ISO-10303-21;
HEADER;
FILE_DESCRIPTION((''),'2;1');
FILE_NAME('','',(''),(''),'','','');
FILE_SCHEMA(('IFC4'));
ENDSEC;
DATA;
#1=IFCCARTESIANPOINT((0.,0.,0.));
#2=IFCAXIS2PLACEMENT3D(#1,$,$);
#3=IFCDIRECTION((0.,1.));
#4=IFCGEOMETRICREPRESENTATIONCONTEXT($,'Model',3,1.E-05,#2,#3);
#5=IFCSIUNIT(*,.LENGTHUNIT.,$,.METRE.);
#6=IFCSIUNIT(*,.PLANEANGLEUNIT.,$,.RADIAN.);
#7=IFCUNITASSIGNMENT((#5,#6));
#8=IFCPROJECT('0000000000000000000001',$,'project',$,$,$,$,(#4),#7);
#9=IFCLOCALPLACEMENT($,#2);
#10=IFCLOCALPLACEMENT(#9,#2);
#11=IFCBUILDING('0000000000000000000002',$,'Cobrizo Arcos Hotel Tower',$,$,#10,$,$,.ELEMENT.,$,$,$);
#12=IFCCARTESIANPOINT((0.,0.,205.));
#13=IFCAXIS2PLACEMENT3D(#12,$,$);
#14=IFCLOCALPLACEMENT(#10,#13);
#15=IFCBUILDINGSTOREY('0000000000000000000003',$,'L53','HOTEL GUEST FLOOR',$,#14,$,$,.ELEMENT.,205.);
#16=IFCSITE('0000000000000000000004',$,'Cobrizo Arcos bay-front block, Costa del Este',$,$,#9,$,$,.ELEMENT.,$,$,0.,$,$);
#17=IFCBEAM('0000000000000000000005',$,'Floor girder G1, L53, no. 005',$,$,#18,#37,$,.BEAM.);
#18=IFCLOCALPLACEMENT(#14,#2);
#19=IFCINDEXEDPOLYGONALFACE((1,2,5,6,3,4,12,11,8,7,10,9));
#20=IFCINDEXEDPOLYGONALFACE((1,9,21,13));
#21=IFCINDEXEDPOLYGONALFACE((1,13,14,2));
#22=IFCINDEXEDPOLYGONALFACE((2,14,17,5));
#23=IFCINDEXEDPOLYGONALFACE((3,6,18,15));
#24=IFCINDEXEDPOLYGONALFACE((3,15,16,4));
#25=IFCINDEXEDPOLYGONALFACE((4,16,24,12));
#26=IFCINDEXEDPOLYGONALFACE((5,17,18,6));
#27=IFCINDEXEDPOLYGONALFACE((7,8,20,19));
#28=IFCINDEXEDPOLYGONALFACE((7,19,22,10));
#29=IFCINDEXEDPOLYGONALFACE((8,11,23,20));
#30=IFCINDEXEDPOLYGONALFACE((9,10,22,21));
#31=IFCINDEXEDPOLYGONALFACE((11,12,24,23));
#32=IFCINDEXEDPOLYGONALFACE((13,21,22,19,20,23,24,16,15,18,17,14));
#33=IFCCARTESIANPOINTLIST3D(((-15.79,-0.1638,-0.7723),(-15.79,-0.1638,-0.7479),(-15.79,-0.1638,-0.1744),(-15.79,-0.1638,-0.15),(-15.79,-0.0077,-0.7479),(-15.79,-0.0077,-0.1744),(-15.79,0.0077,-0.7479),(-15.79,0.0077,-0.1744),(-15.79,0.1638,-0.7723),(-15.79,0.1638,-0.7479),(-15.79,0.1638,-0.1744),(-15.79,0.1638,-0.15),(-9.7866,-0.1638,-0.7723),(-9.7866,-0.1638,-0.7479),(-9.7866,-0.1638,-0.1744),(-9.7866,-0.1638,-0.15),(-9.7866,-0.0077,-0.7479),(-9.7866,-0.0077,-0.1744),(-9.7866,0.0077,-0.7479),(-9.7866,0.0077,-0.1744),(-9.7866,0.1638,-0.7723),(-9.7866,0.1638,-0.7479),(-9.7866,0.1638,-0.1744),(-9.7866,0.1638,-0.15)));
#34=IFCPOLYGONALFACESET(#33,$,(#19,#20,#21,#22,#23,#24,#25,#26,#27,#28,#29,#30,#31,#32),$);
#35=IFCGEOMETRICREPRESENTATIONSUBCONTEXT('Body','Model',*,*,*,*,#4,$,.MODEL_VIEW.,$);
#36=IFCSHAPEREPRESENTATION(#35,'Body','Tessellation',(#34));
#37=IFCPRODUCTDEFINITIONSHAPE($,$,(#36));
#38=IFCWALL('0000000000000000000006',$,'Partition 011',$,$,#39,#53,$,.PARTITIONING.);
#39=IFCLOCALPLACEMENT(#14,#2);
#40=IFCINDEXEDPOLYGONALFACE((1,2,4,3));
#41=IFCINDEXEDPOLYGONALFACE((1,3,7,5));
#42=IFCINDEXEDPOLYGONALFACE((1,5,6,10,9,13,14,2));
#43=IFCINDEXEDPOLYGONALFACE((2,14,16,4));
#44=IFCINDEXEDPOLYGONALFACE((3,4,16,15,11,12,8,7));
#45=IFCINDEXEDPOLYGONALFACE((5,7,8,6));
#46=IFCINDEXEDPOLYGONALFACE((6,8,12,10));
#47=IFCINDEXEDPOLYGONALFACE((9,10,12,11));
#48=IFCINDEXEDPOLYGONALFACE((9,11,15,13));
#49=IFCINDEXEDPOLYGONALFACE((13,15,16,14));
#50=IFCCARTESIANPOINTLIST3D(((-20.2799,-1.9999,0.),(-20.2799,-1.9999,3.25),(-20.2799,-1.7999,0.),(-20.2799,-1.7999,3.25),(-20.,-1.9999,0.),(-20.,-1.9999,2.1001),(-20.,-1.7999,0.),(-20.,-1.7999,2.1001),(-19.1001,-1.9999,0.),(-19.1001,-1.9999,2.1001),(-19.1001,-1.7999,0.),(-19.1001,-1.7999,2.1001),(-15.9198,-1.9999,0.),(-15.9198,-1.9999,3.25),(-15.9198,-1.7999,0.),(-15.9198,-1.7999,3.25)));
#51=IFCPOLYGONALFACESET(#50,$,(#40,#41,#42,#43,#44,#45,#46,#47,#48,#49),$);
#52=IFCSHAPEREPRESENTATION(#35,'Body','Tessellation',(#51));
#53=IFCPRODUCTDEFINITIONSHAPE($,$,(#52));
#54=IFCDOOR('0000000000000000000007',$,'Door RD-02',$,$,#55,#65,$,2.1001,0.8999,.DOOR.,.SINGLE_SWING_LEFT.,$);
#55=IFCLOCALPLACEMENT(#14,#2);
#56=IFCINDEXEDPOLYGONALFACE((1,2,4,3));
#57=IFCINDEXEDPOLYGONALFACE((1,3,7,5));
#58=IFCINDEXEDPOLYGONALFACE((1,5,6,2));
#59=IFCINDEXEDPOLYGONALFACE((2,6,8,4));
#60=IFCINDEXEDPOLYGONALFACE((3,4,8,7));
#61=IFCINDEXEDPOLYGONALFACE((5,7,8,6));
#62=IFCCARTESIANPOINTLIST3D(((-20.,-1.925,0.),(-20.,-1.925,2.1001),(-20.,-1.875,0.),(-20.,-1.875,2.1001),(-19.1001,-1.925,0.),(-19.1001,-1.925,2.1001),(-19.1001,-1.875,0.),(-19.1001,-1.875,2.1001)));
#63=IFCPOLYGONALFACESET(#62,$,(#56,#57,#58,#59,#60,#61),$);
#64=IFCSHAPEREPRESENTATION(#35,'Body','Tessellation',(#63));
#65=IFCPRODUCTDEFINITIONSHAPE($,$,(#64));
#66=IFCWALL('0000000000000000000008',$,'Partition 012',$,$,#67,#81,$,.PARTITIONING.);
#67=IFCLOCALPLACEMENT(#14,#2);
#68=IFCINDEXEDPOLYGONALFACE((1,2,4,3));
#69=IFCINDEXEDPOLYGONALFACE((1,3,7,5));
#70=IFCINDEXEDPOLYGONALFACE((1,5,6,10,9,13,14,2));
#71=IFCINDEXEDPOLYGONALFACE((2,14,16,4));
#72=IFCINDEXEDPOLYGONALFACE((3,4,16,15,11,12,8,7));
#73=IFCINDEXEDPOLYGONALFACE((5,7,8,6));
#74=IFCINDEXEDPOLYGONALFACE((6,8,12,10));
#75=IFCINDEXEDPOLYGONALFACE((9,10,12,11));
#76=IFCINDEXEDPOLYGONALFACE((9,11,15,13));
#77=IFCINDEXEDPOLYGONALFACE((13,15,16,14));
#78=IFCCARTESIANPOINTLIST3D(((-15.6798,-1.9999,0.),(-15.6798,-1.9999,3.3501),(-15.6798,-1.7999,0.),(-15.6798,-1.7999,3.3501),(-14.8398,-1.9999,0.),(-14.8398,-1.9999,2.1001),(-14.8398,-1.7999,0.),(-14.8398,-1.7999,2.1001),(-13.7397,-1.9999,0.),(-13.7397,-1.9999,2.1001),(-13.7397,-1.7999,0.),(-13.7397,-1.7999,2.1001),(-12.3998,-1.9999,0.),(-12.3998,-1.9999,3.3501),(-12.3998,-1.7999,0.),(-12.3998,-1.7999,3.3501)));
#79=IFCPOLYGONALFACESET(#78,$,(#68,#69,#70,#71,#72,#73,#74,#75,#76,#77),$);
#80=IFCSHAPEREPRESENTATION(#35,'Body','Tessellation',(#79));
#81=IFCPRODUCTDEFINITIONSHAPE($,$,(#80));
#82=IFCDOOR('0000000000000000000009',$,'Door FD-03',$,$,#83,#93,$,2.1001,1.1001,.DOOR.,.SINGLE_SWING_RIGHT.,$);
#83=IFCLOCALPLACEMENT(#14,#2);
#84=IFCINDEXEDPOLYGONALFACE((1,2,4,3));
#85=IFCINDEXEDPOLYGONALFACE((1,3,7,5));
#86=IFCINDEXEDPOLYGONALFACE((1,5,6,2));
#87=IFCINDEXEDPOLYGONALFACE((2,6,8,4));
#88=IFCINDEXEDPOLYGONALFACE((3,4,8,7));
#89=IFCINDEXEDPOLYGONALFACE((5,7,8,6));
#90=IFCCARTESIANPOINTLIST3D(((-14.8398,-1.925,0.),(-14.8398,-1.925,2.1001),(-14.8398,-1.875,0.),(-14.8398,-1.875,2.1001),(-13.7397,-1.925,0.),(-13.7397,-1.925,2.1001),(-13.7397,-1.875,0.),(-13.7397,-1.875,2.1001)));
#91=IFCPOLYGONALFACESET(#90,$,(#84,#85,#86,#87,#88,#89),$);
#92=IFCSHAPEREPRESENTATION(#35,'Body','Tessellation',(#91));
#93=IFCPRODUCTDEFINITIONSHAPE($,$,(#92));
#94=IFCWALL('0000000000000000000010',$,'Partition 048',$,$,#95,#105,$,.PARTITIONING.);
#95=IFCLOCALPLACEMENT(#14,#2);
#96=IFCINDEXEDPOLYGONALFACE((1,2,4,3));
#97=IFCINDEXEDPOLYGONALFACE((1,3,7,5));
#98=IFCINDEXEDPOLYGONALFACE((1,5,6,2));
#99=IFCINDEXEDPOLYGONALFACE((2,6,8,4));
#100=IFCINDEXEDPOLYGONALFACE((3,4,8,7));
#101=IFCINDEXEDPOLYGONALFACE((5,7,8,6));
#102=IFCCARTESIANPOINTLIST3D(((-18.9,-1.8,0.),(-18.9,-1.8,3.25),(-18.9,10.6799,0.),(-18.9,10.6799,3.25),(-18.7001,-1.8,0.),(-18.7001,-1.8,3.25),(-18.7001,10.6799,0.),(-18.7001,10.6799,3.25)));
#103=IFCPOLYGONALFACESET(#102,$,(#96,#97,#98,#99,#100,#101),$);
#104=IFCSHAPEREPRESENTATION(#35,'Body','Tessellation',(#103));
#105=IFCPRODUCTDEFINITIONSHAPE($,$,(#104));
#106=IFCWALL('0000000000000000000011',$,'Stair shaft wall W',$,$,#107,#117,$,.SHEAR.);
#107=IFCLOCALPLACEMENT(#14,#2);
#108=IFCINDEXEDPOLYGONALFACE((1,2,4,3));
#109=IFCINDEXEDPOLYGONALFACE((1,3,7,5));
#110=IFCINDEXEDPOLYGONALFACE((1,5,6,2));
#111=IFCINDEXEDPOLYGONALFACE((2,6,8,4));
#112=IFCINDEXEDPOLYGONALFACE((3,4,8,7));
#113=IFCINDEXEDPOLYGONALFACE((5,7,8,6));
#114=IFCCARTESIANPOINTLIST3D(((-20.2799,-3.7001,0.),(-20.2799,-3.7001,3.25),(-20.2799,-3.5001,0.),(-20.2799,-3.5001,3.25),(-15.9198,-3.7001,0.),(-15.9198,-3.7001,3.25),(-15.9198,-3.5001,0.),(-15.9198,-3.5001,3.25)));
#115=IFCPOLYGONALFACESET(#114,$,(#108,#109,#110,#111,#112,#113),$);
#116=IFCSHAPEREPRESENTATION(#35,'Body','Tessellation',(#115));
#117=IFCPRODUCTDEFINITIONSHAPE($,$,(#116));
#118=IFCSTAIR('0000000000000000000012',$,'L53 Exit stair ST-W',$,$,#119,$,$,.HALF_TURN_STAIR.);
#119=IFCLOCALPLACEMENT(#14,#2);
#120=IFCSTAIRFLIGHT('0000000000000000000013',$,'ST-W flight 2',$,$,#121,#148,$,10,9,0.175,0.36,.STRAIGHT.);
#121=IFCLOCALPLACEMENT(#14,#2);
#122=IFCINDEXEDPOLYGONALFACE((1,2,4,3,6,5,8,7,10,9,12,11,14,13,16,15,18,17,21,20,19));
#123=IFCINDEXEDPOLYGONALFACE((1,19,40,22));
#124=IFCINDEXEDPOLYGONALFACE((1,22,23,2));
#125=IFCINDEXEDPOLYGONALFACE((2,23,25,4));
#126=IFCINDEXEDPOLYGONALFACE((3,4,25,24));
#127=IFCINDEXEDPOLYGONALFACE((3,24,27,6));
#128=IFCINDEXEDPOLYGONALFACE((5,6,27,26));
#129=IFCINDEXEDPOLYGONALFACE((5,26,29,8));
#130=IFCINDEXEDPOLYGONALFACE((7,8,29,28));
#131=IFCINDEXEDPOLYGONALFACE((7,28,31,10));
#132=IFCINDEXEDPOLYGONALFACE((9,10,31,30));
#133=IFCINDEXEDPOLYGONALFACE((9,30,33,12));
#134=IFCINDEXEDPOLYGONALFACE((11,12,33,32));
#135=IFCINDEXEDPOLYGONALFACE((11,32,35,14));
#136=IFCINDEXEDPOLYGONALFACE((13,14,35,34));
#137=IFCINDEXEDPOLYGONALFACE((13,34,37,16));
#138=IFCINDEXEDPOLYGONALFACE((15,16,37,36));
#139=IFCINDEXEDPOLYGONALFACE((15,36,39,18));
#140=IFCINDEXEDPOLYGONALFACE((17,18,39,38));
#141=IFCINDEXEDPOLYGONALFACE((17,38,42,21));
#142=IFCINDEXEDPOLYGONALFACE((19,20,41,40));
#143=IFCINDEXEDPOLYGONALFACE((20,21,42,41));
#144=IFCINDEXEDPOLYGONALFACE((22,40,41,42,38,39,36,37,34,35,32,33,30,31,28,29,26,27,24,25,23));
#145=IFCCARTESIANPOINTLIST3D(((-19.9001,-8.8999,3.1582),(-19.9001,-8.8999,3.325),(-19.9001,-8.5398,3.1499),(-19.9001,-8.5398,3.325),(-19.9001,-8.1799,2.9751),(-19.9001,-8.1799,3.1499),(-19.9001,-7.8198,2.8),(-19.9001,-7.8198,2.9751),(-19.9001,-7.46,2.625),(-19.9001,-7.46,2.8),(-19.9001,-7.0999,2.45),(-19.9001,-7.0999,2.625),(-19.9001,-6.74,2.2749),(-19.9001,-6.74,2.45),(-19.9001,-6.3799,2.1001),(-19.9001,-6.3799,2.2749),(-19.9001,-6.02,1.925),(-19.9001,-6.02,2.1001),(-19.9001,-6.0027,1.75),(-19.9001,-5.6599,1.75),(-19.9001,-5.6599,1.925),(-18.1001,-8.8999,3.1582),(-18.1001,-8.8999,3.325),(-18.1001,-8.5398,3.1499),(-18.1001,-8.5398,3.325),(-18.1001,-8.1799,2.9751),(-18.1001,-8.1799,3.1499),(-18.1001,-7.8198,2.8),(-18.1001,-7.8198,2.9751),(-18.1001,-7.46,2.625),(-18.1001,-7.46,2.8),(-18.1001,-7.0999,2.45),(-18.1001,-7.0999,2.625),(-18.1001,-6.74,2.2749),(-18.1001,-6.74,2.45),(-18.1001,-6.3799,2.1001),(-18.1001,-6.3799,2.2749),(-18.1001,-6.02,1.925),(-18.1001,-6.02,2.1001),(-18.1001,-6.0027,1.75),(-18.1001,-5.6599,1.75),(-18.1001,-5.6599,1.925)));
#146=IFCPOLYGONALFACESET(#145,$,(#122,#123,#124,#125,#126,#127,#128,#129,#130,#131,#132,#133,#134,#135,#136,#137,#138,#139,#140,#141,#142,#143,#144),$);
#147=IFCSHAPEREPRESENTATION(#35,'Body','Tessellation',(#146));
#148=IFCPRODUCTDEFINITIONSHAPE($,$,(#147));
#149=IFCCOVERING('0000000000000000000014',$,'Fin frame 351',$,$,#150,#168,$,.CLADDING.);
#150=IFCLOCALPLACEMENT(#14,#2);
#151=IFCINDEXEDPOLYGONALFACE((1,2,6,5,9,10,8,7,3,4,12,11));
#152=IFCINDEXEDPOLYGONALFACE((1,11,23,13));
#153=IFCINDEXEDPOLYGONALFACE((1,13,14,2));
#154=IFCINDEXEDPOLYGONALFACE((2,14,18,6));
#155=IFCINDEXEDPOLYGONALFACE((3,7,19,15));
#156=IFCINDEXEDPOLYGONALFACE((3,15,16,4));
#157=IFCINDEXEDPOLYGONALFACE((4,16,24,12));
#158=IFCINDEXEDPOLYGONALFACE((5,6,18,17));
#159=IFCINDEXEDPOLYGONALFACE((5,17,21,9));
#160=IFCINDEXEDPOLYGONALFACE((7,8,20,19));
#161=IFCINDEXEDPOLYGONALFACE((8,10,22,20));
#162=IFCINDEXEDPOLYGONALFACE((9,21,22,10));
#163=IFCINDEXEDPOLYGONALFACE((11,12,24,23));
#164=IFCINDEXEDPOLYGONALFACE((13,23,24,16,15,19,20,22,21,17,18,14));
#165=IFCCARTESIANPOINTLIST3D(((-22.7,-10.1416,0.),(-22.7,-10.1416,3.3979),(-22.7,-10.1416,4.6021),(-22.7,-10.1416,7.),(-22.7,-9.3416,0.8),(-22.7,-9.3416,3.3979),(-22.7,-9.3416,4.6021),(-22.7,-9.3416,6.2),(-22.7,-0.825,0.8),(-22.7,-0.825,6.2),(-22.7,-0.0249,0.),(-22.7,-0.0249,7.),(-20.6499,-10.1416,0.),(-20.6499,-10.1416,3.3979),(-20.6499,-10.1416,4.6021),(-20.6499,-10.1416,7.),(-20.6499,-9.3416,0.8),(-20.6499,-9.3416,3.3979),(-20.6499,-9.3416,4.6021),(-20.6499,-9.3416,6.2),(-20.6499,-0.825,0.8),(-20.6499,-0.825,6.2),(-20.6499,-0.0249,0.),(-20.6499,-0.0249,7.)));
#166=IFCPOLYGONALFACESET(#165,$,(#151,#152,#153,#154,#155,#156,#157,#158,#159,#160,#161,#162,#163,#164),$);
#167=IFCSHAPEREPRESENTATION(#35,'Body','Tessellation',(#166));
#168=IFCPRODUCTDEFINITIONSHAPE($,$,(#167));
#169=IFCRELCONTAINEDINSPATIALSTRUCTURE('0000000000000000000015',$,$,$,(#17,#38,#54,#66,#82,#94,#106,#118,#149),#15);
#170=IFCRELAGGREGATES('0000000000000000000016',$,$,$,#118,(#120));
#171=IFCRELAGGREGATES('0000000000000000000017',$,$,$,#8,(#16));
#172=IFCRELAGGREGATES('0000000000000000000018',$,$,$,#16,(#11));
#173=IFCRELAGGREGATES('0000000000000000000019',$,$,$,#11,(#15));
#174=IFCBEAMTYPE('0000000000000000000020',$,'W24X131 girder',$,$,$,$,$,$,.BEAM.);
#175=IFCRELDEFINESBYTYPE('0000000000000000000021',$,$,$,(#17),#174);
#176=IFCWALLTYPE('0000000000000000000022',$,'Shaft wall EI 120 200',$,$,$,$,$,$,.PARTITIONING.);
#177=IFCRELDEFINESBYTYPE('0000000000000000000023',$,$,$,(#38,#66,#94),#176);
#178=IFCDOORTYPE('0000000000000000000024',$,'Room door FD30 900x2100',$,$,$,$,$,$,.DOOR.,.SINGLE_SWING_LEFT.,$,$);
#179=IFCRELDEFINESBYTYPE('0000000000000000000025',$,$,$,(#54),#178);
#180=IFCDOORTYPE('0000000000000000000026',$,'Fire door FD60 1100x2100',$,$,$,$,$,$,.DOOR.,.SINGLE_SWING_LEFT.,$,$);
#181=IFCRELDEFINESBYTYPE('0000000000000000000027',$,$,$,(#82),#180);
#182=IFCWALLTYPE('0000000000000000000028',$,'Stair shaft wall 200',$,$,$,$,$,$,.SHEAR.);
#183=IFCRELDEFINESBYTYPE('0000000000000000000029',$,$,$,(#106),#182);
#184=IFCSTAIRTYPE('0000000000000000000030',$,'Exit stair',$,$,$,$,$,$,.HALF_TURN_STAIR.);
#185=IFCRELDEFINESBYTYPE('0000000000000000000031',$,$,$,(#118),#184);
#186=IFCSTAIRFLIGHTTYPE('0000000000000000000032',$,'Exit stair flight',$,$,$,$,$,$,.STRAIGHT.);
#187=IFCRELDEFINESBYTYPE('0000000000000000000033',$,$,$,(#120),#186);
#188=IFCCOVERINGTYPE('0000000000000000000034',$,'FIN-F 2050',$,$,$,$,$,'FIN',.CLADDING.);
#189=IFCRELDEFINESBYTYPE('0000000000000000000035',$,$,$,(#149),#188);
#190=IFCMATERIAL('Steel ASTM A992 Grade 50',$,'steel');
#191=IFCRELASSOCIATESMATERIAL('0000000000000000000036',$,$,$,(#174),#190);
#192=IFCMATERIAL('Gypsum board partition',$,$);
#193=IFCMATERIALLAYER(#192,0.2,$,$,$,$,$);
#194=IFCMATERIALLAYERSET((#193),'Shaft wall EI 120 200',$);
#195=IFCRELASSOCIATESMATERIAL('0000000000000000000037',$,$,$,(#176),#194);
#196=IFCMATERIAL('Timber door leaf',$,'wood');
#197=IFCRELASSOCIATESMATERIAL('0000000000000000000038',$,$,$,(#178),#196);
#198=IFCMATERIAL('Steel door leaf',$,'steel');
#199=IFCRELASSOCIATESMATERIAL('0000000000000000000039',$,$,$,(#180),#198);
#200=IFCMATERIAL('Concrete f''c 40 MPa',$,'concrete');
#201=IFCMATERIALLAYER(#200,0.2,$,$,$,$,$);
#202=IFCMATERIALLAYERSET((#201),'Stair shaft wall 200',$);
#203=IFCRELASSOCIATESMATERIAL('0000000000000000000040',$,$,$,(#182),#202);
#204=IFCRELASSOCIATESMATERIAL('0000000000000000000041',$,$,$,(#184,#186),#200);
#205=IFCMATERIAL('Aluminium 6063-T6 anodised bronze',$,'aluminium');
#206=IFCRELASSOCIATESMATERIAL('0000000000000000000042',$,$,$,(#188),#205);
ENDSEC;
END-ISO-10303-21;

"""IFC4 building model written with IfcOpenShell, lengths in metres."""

from ifc_helpers import new_model, si_unit, direction, frame, frame_2d, origin, origin_2d, place, context, subcontext, project, spatial, polyline, rectangle, i_section, outline, extrude, material, layer, layer_set, material_profile, profile_set, type_object, element, fill, aggregate, save


model = new_model("IFC4")

# Units and contexts
model_context = context("Model", 3, precision=1e-05, world=origin(), true_north=direction((0.0, 1.0)))
body_context = subcontext(model_context, "Body", "Model", "MODEL_VIEW")
ifc_project = project(units=[si_unit("LENGTHUNIT", "METRE"), si_unit("PLANEANGLEUNIT", "RADIAN")], contexts=[model_context])

# Site, building, storey
site_placement = place(None, origin())
site = spatial("IfcSite", under=ifc_project, at=site_placement, Name="Cobrizo Arcos bay-front block, Costa del Este", CompositionType="ELEMENT", RefElevation=0.0)
building_placement = place(site_placement, origin())
building = spatial("IfcBuilding", under=site, at=building_placement, Name="Cobrizo Arcos Hotel Tower", CompositionType="ELEMENT")
storey_placement = place(building_placement, frame((0.0, 0.0, 205.0)))
storey = spatial("IfcBuildingStorey", under=building, at=storey_placement, Name="L53", Description="HOTEL GUEST FLOOR", CompositionType="ELEMENT", Elevation=205.0)

# Beam
ifc_material_1 = material(Name="Steel ASTM A992 Grade 50", Category="steel")
ifc_material_profile = material_profile(ifc_material_1, i_section(OverallWidth=0.3276, OverallDepth=0.6223, WebThickness=0.0154, FlangeThickness=0.0244, at=origin_2d()), Name="W24X131")
ifc_profile_set = profile_set([ifc_material_profile], Name="Steel ASTM A992 Grade 50")
beam_type = type_object("IfcBeamType", Name="W24X131 girder", PredefinedType="BEAM", material=ifc_profile_set)
beam_placement = place(storey_placement, frame((-15.79, 0.0, -0.4612), z_axis=(1.0, 0.0, 0.0), x_axis=(0.0, 1.0, 0.0)))
element("IfcBeam", 1, at=beam_placement, inside=storey, type_object=beam_type, Name="Floor girder G1, L53, no. 005", PredefinedType="BEAM", context=body_context, shape_type="SweptSolid", body=[
    extrude(i_section(OverallWidth=0.3276, OverallDepth=0.6223, WebThickness=0.0154, FlangeThickness=0.0244, at=origin_2d()), origin(), (0.0, 0.0, 1.0), 6.0034),
])

# Walls, openings, doors
ifc_material_2 = material(Name="Gypsum board partition")
ifc_layer_1 = layer(ifc_material_2, 0.2)
ifc_layer_set_1 = layer_set([ifc_layer_1], Name="Shaft wall EI 120 200")
wall_type_1 = type_object("IfcWallType", Name="Shaft wall EI 120 200", PredefinedType="PARTITIONING", material=ifc_layer_set_1)
wall_1_placement = place(storey_placement, frame((-20.28, -1.8999, 0.0), z_axis=(0.0, 0.0, 1.0), x_axis=(1.0, 0.0, 0.0)))
wall_1 = element("IfcWall", 2, at=wall_1_placement, inside=storey, type_object=wall_type_1, Name="Partition 011", PredefinedType="PARTITIONING", context=body_context, shape_type="SweptSolid", body=[
    extrude(rectangle(XDim=4.3601, YDim=0.2, at=frame_2d((2.1802, 0.0))), origin(), (0.0, 0.0, 1.0), 3.25),
])
opening_1_placement = place(wall_1_placement, frame((0.28, 0.0, 0.0)))
opening_1 = element("IfcOpeningElement", 3, at=opening_1_placement, cuts=wall_1, PredefinedType="OPENING", context=body_context, shape_type="SweptSolid", body=[
    extrude(rectangle(XDim=0.8999, YDim=2.1001, at=frame_2d((0.45, 1.05))), frame((0.0, 0.1121, 0.0), z_axis=(0.0, -1.0, 0.0), x_axis=(1.0, 0.0, 0.0)), (0.0, 0.0, 1.0), 0.2239),
])
ifc_material_3 = material(Name="Timber door leaf", Category="wood")
door_type_1 = type_object("IfcDoorType", Name="Room door FD30 900x2100", OperationType="SINGLE_SWING_LEFT", PredefinedType="DOOR", material=ifc_material_3)
door_1_placement = place(opening_1_placement, origin())
door_1 = element("IfcDoor", 4, at=door_1_placement, inside=storey, type_object=door_type_1, Name="Door RD-02", OperationType="SINGLE_SWING_LEFT", OverallHeight=2.1001, OverallWidth=0.8999, PredefinedType="DOOR", context=body_context, shape_type="SweptSolid", body=[
    extrude(rectangle(XDim=0.8999, YDim=2.1001, at=frame_2d((0.45, 1.05))), frame((0.0, 0.0249, 0.0), z_axis=(0.0, -1.0, 0.0), x_axis=(1.0, 0.0, 0.0)), (0.0, 0.0, 1.0), 0.05),
])
fill(opening_1, door_1)
wall_2_placement = place(storey_placement, frame((-15.6799, -1.8999, 0.0), z_axis=(0.0, 0.0, 1.0), x_axis=(1.0, 0.0, 0.0)))
wall_2 = element("IfcWall", 5, at=wall_2_placement, inside=storey, type_object=wall_type_1, Name="Partition 012", PredefinedType="PARTITIONING", context=body_context, shape_type="SweptSolid", body=[
    extrude(rectangle(XDim=3.28, YDim=0.2, at=frame_2d((1.6401, 0.0))), origin(), (0.0, 0.0, 1.0), 3.3501),
])
opening_2_placement = place(wall_2_placement, frame((0.8401, 0.0, 0.0)))
opening_2 = element("IfcOpeningElement", 6, at=opening_2_placement, cuts=wall_2, PredefinedType="OPENING", context=body_context, shape_type="SweptSolid", body=[
    extrude(rectangle(XDim=1.1001, YDim=2.1001, at=frame_2d((0.55, 1.05))), frame((0.0, 0.1121, 0.0), z_axis=(0.0, -1.0, 0.0), x_axis=(1.0, 0.0, 0.0)), (0.0, 0.0, 1.0), 0.2239),
])
ifc_material_4 = material(Name="Steel door leaf", Category="steel")
door_type_2 = type_object("IfcDoorType", Name="Fire door FD60 1100x2100", OperationType="SINGLE_SWING_LEFT", PredefinedType="DOOR", material=ifc_material_4)
door_2_placement = place(opening_2_placement, origin())
door_2 = element("IfcDoor", 7, at=door_2_placement, inside=storey, type_object=door_type_2, Name="Door FD-03", OperationType="SINGLE_SWING_RIGHT", OverallHeight=2.1001, OverallWidth=1.1001, PredefinedType="DOOR", context=body_context, shape_type="SweptSolid", body=[
    extrude(rectangle(XDim=1.1001, YDim=2.1001, at=frame_2d((0.55, 1.05))), frame((0.0, 0.0249, 0.0), z_axis=(0.0, -1.0, 0.0), x_axis=(1.0, 0.0, 0.0)), (0.0, 0.0, 1.0), 0.05),
])
fill(opening_2, door_2)

# Walls
wall_3_placement = place(storey_placement, frame((-18.8, -1.8, 0.0), z_axis=(0.0, 0.0, 1.0), x_axis=(0.0, 1.0, 0.0)))
element("IfcWall", 8, at=wall_3_placement, inside=storey, type_object=wall_type_1, Name="Partition 048", PredefinedType="PARTITIONING", context=body_context, shape_type="SweptSolid", body=[
    extrude(rectangle(XDim=12.48, YDim=0.2, at=frame_2d((6.24, 0.0))), origin(), (0.0, 0.0, 1.0), 3.25),
])
ifc_material_5 = material(Name="Concrete f'c 40 MPa", Category="concrete")
ifc_layer_2 = layer(ifc_material_5, 0.2)
ifc_layer_set_2 = layer_set([ifc_layer_2], Name="Stair shaft wall 200")
wall_type_2 = type_object("IfcWallType", Name="Stair shaft wall 200", PredefinedType="SHEAR", material=ifc_layer_set_2)
wall_4_placement = place(storey_placement, frame((-20.28, -3.6001, 0.0), z_axis=(0.0, 0.0, 1.0), x_axis=(1.0, 0.0, 0.0)))
element("IfcWall", 9, at=wall_4_placement, inside=storey, type_object=wall_type_2, Name="Stair shaft wall W", PredefinedType="SHEAR", context=body_context, shape_type="SweptSolid", body=[
    extrude(rectangle(XDim=4.3601, YDim=0.2, at=frame_2d((2.1802, 0.0))), origin(), (0.0, 0.0, 1.0), 3.25),
])

# Stair, stair flight
stair_type = type_object("IfcStairType", Name="Exit stair", PredefinedType="HALF_TURN_STAIR", material=ifc_material_5)
stair_placement = place(storey_placement, origin())
stair = element("IfcStair", 10, at=stair_placement, inside=storey, type_object=stair_type, Name="L53 Exit stair ST-W", PredefinedType="HALF_TURN_STAIR")
stair_flight_type = type_object("IfcStairFlightType", Name="Exit stair flight", PredefinedType="STRAIGHT", material=ifc_material_5)
stair_flight_placement = place(storey_placement, frame((-19.0, -5.6599, 1.75), z_axis=(0.0, 0.0, 1.0), x_axis=(0.0, -1.0, 0.0)))
stair_flight = element("IfcStairFlight", 11, at=stair_flight_placement, type_object=stair_flight_type, Name="ST-W flight 2", NumberOfRisers=10, NumberOfTreads=9, PredefinedType="STRAIGHT", RiserHeight=0.175, TreadLength=0.36, context=body_context, shape_type="SweptSolid", body=[
    extrude(outline(polyline([(0.0, 0.0), (0.0, 0.175), (0.3601, 0.175), (0.3601, 0.3501), (0.72, 0.3501), (0.72, 0.5249), (1.0801, 0.5249), (1.0801, 0.7), (1.4399, 0.7), (1.4399, 0.875), (1.8, 0.875), (1.8, 1.05), (2.1599, 1.05), (2.1599, 1.2251), (2.52, 1.2251), (2.52, 1.3999), (2.8799, 1.3999), (2.8799, 1.575), (3.24, 1.575), (3.24, 1.75), (3.24, 1.4082), (0.3428, 0.0), (0.0, 0.0)])), frame((0.0, 0.8999, 0.0), z_axis=(0.0, -1.0, 0.0), x_axis=(1.0, 0.0, 0.0)), (0.0, 0.0, 1.0), 1.8),
])
aggregate(stair, [stair_flight])

# Covering
ifc_material_6 = material(Name="Aluminium 6063-T6 anodised bronze", Category="aluminium")
covering_type_1 = type_object("IfcCoveringType", Name="FIN-F 2050", ElementType="FIN", PredefinedType="CLADDING", material=ifc_material_6)
covering_placement = place(storey_placement, frame((-20.6499, -0.0249, 0.0), z_axis=(-1.0, 0.0, 0.0), x_axis=(0.0, -1.0, 0.0)))
element("IfcCovering", 12, at=covering_placement, inside=storey, type_object=covering_type_1, Name="Fin frame 351", PredefinedType="CLADDING", context=body_context, shape_type="SweptSolid", body=[
    extrude(outline(polyline([(10.1167, 0.0), (10.1167, 3.3979), (9.3167, 3.3979), (9.3167, 0.8), (0.8, 0.8), (0.8, 6.2), (9.3167, 6.2), (9.3167, 4.6021), (10.1167, 4.6021), (10.1167, 7.0), (0.0, 7.0), (0.0, 0.0), (10.1167, 0.0)])), origin(), (0.0, 0.0, 1.0), 2.05),
])

save(model, "model.ifc")
